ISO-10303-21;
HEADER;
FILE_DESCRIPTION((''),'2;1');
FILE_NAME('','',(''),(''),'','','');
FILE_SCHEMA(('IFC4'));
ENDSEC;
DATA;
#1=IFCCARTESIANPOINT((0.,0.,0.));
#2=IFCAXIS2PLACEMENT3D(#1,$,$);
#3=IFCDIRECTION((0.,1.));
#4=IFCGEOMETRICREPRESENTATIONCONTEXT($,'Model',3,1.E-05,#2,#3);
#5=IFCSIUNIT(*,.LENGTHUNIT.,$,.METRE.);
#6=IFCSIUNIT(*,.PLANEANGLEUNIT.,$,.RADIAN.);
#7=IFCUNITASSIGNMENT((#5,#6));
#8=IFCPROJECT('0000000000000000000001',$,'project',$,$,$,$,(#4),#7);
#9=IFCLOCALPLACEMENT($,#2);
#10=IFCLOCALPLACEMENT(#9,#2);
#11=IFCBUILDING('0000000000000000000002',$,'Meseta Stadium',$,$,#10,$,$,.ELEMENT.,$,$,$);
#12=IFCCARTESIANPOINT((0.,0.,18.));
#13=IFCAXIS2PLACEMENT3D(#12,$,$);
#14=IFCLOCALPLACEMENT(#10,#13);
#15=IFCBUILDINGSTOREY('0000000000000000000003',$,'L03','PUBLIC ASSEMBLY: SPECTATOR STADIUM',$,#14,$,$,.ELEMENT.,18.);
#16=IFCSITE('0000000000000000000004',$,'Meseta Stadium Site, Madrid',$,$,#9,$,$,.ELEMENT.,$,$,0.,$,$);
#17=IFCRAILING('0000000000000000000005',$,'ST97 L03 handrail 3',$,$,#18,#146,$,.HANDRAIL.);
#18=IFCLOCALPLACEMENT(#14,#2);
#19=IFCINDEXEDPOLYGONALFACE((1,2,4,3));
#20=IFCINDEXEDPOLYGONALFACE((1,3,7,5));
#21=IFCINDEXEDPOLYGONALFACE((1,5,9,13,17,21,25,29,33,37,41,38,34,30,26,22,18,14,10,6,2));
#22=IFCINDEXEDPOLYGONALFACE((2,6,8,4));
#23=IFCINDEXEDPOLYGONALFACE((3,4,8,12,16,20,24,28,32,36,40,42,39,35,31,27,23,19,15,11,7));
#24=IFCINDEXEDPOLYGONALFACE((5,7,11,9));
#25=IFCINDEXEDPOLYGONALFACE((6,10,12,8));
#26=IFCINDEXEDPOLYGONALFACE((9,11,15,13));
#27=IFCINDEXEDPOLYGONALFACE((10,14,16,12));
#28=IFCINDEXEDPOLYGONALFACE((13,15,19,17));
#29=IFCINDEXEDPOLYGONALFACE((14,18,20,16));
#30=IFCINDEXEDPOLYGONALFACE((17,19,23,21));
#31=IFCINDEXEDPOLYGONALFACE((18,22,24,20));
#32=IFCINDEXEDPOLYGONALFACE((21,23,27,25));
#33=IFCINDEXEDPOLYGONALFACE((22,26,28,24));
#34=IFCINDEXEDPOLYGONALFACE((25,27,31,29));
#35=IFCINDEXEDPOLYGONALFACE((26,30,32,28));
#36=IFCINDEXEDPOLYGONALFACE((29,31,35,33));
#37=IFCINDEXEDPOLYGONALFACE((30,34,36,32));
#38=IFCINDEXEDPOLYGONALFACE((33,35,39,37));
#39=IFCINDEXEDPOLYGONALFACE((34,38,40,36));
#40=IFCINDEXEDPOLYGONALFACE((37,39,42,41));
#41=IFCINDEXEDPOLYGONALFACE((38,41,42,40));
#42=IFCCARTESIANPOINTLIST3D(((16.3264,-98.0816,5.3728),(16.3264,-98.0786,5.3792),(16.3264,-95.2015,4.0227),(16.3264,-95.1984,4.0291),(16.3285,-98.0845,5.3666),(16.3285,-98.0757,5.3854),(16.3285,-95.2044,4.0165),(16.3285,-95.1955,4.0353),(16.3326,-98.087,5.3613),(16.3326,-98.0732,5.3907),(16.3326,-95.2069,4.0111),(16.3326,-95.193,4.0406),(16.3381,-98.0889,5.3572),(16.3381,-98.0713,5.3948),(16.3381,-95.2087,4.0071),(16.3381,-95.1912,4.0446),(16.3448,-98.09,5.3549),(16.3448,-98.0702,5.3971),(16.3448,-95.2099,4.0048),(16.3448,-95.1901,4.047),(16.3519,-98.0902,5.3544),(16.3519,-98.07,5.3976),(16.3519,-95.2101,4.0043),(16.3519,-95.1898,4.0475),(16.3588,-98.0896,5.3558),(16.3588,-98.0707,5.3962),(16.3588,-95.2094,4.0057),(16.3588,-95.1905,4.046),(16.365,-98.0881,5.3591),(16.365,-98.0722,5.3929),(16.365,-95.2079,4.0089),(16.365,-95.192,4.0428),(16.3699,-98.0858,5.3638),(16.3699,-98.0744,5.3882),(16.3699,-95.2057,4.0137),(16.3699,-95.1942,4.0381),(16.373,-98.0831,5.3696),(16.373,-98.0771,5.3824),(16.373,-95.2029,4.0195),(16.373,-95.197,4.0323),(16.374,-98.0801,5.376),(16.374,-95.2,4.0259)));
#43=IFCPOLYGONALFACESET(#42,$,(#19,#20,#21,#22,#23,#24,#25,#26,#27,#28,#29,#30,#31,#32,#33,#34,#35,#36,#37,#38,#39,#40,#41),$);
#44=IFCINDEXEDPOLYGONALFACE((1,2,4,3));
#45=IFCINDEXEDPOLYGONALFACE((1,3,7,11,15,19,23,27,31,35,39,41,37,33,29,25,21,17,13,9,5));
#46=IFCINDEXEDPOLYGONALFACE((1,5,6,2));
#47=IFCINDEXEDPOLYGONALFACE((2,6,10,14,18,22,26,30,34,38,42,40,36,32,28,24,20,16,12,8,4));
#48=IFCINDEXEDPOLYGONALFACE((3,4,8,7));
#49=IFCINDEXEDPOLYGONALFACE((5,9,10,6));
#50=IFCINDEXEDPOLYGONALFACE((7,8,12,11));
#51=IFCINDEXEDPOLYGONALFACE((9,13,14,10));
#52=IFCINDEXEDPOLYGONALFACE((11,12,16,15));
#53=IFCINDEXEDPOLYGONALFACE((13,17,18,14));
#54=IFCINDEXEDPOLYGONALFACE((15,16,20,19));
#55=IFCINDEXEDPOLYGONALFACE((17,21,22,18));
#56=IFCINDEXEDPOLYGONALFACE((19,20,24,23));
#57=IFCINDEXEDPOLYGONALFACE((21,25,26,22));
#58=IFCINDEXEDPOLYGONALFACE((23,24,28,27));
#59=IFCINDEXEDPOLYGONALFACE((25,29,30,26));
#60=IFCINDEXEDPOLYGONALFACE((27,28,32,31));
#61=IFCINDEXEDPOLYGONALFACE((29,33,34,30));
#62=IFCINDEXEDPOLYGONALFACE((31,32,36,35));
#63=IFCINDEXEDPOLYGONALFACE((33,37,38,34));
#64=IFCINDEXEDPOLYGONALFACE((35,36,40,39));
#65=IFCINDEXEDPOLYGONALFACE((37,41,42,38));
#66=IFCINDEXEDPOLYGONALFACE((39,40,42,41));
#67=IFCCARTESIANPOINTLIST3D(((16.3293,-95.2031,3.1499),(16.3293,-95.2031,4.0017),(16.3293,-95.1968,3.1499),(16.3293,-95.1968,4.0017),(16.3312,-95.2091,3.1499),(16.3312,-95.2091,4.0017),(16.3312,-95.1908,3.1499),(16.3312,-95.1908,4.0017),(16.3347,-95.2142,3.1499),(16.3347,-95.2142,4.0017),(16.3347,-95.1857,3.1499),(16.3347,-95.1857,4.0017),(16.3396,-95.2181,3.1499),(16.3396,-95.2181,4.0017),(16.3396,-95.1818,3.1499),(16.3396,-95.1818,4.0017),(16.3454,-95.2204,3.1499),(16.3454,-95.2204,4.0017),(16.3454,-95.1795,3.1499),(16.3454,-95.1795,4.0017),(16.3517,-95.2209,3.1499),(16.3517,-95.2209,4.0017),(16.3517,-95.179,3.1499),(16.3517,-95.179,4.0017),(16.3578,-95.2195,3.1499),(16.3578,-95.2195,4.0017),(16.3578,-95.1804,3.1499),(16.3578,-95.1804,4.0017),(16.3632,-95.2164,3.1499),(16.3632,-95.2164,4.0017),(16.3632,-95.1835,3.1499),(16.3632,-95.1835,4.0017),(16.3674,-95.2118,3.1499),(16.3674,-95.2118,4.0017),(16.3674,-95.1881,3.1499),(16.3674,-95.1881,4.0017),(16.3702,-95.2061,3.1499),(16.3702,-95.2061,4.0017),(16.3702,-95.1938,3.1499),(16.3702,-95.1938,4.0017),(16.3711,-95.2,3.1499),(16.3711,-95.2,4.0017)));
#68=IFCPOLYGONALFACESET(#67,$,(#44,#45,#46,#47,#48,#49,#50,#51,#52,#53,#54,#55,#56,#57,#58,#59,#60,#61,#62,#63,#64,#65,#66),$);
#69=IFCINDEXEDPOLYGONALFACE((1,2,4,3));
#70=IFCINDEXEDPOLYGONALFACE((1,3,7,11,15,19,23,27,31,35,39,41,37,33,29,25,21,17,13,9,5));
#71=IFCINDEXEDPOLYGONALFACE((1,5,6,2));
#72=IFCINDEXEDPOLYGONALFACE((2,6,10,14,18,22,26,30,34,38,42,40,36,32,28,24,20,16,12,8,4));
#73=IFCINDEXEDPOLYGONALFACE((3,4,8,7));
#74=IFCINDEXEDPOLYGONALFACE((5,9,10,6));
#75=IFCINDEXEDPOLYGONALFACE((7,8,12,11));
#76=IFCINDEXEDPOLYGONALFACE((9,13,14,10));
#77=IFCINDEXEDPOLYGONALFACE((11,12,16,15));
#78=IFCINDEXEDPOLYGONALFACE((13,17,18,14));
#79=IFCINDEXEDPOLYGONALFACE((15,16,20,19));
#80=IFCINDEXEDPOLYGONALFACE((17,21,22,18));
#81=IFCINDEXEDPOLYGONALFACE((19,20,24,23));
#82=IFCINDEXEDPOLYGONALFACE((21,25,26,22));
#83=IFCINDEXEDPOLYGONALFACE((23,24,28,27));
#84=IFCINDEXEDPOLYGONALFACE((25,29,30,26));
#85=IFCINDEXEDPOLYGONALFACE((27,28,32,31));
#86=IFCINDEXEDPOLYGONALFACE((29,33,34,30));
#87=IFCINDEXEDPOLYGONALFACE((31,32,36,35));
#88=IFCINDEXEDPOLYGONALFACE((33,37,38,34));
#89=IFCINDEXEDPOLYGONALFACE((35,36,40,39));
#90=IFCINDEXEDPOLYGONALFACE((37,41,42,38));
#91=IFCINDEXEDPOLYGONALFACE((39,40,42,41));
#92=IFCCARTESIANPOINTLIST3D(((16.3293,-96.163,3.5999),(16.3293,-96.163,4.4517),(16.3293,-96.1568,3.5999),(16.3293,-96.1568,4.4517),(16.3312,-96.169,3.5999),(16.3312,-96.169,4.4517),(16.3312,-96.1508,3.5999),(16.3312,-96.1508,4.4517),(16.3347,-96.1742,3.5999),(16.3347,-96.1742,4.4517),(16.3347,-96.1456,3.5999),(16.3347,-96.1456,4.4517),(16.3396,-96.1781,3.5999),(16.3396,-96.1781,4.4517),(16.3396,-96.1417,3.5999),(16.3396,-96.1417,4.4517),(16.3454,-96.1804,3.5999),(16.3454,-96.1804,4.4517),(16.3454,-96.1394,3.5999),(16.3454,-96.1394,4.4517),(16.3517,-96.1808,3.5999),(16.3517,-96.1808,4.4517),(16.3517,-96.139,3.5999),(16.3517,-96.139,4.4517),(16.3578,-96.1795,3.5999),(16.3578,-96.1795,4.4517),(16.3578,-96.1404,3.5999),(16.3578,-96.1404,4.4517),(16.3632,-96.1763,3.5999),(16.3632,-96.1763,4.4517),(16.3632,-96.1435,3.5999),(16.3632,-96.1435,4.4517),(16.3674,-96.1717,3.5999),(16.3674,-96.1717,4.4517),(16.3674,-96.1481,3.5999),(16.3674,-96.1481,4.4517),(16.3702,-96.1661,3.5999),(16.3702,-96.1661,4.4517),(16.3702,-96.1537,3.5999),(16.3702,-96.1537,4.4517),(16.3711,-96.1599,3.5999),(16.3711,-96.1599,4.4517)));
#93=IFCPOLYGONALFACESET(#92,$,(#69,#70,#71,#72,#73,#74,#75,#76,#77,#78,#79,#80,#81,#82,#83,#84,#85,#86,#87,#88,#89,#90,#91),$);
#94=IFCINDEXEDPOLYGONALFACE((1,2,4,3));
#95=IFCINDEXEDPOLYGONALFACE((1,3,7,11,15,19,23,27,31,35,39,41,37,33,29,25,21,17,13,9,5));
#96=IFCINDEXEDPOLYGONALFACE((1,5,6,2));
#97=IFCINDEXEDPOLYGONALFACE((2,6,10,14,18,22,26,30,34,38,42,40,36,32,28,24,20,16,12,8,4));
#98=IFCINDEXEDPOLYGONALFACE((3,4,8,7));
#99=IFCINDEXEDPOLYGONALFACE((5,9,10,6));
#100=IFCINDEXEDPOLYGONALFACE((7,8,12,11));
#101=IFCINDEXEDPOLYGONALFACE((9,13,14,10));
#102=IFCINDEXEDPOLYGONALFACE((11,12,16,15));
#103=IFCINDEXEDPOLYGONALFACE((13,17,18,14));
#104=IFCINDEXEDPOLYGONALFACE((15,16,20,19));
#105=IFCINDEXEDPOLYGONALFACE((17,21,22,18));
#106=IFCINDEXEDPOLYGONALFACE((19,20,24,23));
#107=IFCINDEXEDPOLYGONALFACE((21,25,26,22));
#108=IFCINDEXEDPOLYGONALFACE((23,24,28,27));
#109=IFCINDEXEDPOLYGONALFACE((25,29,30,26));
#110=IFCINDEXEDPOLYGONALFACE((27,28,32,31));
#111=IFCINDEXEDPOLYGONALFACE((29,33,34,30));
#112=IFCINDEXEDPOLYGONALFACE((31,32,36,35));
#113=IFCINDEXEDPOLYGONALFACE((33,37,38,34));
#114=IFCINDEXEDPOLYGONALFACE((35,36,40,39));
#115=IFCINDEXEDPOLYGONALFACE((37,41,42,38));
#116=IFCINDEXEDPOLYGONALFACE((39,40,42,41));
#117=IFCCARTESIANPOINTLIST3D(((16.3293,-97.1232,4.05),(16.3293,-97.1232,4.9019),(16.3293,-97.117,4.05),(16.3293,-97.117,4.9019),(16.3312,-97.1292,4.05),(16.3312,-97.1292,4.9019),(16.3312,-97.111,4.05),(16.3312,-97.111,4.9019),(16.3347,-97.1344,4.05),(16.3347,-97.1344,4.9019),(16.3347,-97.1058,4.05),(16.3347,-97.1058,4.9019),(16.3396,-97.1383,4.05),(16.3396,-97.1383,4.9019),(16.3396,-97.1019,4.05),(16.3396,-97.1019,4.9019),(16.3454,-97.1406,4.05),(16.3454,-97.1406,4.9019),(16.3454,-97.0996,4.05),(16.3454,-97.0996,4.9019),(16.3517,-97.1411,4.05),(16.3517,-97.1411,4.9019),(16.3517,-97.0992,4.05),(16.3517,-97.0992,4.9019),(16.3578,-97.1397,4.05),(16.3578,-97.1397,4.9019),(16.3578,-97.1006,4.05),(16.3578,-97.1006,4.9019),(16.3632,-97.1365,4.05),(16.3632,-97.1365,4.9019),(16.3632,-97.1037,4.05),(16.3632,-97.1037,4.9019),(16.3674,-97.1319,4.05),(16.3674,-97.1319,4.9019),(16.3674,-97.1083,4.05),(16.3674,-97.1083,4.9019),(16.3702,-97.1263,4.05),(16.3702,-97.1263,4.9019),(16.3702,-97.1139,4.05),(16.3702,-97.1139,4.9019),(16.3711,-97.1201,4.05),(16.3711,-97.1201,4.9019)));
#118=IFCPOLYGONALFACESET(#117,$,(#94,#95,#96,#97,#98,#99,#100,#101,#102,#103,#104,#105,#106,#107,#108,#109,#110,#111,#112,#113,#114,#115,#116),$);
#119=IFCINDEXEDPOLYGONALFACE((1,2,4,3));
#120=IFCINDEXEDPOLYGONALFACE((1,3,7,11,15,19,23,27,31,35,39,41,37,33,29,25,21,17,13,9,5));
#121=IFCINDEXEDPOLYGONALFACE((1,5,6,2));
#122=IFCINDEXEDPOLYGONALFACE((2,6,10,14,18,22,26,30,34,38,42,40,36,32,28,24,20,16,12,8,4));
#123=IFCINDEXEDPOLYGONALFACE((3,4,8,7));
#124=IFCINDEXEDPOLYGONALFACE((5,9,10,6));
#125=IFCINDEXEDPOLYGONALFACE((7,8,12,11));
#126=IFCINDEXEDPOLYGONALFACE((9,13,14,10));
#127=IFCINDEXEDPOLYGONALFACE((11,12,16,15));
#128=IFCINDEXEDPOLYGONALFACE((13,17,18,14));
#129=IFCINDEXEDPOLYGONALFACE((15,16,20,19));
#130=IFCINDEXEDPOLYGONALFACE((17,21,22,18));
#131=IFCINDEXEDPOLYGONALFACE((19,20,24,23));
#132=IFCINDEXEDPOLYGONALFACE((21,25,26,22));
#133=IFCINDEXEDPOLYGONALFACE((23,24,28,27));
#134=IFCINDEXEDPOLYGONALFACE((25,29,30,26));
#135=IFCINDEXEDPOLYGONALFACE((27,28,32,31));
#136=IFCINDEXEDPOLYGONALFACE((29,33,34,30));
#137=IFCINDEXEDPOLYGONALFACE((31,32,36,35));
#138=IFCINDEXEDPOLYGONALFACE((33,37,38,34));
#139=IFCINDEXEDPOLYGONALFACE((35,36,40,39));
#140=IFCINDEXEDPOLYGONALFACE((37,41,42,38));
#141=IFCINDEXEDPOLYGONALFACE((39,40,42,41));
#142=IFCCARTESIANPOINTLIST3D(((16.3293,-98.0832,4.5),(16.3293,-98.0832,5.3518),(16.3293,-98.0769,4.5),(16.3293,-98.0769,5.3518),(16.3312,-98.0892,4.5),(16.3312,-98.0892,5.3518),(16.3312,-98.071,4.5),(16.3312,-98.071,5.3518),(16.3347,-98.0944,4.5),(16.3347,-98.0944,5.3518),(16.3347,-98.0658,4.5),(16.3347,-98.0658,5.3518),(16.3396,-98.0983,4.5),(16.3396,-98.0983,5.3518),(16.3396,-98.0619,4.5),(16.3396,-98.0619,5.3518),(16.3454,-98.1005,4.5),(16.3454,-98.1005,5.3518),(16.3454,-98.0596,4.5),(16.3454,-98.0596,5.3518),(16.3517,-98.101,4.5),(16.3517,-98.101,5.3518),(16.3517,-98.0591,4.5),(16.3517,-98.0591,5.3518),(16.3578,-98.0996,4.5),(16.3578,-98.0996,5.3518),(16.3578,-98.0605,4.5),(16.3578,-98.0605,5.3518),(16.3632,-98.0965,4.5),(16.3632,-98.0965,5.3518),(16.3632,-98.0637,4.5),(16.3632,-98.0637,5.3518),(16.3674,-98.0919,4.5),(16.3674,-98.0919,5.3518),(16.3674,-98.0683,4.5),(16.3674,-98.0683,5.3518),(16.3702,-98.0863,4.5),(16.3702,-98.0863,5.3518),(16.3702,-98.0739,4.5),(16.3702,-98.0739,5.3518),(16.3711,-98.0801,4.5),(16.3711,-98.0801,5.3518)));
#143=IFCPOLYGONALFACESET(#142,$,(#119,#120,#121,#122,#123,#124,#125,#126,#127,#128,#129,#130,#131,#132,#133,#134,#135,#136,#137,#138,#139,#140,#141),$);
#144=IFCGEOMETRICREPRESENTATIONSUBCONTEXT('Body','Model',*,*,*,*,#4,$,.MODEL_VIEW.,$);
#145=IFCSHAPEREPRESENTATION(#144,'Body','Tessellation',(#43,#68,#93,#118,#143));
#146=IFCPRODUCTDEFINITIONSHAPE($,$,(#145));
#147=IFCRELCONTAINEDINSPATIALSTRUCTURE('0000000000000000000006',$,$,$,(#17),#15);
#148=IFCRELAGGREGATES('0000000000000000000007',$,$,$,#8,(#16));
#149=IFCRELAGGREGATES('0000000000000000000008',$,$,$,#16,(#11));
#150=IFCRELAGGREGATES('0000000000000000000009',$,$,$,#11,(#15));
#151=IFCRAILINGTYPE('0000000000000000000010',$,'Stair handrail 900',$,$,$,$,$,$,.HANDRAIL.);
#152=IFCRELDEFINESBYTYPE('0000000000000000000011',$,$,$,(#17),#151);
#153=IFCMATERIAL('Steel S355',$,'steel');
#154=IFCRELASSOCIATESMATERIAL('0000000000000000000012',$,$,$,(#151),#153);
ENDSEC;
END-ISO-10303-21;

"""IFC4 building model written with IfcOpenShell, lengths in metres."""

from ifc_helpers import new_model, si_unit, direction, frame, origin, origin_2d, place, context, subcontext, project, spatial, circle, extrude, material, type_object, element, save


model = new_model("IFC4")

# Units and contexts
model_context = context("Model", 3, precision=1e-05, world=origin(), true_north=direction((0.0, 1.0)))
body_context = subcontext(model_context, "Body", "Model", "MODEL_VIEW")
ifc_project = project(units=[si_unit("LENGTHUNIT", "METRE"), si_unit("PLANEANGLEUNIT", "RADIAN")], contexts=[model_context])

# Site, building, storey
site_placement = place(None, origin())
site = spatial("IfcSite", under=ifc_project, at=site_placement, Name="Meseta Stadium Site, Madrid", CompositionType="ELEMENT", RefElevation=0.0)
building_placement = place(site_placement, origin())
building = spatial("IfcBuilding", under=site, at=building_placement, Name="Meseta Stadium", CompositionType="ELEMENT")
storey_placement = place(building_placement, frame((0.0, 0.0, 18.0)))
storey = spatial("IfcBuildingStorey", under=building, at=storey_placement, Name="L03", Description="PUBLIC ASSEMBLY: SPECTATOR STADIUM", CompositionType="ELEMENT", Elevation=18.0)

# Railing
ifc_material_1 = material(Name="Steel S355", Category="steel")
railing_type_1 = type_object("IfcRailingType", Name="Stair handrail 900", PredefinedType="HANDRAIL", material=ifc_material_1)
railing_1_placement = place(storey_placement, frame((16.3501, -95.2, 3.1499)))
element("IfcRailing", 1, at=railing_1_placement, inside=storey, type_object=railing_type_1, Name="ST97 L03 handrail 3", PredefinedType="HANDRAIL", context=body_context, shape_type="SweptSolid", body=[
    extrude(circle(Radius=0.0239, at=origin_2d()), frame((0.0, 0.0, 0.876), z_axis=(0.0, -0.905454, 0.424444), x_axis=(1.0, 0.0, 0.0)), (0.0, 0.0, 1.0), 3.1809),
    extrude(circle(Radius=0.021, at=origin_2d()), origin(), (0.0, 0.0, 1.0), 0.8518),
    extrude(circle(Radius=0.021, at=origin_2d()), frame((0.0, -0.96, 0.45)), (0.0, 0.0, 1.0), 0.8518),
    extrude(circle(Radius=0.021, at=origin_2d()), frame((0.0, -1.9202, 0.9001)), (0.0, 0.0, 1.0), 0.8518),
    extrude(circle(Radius=0.021, at=origin_2d()), frame((0.0, -2.8801, 1.3501)), (0.0, 0.0, 1.0), 0.8518),
])

save(model, "model.ifc")
